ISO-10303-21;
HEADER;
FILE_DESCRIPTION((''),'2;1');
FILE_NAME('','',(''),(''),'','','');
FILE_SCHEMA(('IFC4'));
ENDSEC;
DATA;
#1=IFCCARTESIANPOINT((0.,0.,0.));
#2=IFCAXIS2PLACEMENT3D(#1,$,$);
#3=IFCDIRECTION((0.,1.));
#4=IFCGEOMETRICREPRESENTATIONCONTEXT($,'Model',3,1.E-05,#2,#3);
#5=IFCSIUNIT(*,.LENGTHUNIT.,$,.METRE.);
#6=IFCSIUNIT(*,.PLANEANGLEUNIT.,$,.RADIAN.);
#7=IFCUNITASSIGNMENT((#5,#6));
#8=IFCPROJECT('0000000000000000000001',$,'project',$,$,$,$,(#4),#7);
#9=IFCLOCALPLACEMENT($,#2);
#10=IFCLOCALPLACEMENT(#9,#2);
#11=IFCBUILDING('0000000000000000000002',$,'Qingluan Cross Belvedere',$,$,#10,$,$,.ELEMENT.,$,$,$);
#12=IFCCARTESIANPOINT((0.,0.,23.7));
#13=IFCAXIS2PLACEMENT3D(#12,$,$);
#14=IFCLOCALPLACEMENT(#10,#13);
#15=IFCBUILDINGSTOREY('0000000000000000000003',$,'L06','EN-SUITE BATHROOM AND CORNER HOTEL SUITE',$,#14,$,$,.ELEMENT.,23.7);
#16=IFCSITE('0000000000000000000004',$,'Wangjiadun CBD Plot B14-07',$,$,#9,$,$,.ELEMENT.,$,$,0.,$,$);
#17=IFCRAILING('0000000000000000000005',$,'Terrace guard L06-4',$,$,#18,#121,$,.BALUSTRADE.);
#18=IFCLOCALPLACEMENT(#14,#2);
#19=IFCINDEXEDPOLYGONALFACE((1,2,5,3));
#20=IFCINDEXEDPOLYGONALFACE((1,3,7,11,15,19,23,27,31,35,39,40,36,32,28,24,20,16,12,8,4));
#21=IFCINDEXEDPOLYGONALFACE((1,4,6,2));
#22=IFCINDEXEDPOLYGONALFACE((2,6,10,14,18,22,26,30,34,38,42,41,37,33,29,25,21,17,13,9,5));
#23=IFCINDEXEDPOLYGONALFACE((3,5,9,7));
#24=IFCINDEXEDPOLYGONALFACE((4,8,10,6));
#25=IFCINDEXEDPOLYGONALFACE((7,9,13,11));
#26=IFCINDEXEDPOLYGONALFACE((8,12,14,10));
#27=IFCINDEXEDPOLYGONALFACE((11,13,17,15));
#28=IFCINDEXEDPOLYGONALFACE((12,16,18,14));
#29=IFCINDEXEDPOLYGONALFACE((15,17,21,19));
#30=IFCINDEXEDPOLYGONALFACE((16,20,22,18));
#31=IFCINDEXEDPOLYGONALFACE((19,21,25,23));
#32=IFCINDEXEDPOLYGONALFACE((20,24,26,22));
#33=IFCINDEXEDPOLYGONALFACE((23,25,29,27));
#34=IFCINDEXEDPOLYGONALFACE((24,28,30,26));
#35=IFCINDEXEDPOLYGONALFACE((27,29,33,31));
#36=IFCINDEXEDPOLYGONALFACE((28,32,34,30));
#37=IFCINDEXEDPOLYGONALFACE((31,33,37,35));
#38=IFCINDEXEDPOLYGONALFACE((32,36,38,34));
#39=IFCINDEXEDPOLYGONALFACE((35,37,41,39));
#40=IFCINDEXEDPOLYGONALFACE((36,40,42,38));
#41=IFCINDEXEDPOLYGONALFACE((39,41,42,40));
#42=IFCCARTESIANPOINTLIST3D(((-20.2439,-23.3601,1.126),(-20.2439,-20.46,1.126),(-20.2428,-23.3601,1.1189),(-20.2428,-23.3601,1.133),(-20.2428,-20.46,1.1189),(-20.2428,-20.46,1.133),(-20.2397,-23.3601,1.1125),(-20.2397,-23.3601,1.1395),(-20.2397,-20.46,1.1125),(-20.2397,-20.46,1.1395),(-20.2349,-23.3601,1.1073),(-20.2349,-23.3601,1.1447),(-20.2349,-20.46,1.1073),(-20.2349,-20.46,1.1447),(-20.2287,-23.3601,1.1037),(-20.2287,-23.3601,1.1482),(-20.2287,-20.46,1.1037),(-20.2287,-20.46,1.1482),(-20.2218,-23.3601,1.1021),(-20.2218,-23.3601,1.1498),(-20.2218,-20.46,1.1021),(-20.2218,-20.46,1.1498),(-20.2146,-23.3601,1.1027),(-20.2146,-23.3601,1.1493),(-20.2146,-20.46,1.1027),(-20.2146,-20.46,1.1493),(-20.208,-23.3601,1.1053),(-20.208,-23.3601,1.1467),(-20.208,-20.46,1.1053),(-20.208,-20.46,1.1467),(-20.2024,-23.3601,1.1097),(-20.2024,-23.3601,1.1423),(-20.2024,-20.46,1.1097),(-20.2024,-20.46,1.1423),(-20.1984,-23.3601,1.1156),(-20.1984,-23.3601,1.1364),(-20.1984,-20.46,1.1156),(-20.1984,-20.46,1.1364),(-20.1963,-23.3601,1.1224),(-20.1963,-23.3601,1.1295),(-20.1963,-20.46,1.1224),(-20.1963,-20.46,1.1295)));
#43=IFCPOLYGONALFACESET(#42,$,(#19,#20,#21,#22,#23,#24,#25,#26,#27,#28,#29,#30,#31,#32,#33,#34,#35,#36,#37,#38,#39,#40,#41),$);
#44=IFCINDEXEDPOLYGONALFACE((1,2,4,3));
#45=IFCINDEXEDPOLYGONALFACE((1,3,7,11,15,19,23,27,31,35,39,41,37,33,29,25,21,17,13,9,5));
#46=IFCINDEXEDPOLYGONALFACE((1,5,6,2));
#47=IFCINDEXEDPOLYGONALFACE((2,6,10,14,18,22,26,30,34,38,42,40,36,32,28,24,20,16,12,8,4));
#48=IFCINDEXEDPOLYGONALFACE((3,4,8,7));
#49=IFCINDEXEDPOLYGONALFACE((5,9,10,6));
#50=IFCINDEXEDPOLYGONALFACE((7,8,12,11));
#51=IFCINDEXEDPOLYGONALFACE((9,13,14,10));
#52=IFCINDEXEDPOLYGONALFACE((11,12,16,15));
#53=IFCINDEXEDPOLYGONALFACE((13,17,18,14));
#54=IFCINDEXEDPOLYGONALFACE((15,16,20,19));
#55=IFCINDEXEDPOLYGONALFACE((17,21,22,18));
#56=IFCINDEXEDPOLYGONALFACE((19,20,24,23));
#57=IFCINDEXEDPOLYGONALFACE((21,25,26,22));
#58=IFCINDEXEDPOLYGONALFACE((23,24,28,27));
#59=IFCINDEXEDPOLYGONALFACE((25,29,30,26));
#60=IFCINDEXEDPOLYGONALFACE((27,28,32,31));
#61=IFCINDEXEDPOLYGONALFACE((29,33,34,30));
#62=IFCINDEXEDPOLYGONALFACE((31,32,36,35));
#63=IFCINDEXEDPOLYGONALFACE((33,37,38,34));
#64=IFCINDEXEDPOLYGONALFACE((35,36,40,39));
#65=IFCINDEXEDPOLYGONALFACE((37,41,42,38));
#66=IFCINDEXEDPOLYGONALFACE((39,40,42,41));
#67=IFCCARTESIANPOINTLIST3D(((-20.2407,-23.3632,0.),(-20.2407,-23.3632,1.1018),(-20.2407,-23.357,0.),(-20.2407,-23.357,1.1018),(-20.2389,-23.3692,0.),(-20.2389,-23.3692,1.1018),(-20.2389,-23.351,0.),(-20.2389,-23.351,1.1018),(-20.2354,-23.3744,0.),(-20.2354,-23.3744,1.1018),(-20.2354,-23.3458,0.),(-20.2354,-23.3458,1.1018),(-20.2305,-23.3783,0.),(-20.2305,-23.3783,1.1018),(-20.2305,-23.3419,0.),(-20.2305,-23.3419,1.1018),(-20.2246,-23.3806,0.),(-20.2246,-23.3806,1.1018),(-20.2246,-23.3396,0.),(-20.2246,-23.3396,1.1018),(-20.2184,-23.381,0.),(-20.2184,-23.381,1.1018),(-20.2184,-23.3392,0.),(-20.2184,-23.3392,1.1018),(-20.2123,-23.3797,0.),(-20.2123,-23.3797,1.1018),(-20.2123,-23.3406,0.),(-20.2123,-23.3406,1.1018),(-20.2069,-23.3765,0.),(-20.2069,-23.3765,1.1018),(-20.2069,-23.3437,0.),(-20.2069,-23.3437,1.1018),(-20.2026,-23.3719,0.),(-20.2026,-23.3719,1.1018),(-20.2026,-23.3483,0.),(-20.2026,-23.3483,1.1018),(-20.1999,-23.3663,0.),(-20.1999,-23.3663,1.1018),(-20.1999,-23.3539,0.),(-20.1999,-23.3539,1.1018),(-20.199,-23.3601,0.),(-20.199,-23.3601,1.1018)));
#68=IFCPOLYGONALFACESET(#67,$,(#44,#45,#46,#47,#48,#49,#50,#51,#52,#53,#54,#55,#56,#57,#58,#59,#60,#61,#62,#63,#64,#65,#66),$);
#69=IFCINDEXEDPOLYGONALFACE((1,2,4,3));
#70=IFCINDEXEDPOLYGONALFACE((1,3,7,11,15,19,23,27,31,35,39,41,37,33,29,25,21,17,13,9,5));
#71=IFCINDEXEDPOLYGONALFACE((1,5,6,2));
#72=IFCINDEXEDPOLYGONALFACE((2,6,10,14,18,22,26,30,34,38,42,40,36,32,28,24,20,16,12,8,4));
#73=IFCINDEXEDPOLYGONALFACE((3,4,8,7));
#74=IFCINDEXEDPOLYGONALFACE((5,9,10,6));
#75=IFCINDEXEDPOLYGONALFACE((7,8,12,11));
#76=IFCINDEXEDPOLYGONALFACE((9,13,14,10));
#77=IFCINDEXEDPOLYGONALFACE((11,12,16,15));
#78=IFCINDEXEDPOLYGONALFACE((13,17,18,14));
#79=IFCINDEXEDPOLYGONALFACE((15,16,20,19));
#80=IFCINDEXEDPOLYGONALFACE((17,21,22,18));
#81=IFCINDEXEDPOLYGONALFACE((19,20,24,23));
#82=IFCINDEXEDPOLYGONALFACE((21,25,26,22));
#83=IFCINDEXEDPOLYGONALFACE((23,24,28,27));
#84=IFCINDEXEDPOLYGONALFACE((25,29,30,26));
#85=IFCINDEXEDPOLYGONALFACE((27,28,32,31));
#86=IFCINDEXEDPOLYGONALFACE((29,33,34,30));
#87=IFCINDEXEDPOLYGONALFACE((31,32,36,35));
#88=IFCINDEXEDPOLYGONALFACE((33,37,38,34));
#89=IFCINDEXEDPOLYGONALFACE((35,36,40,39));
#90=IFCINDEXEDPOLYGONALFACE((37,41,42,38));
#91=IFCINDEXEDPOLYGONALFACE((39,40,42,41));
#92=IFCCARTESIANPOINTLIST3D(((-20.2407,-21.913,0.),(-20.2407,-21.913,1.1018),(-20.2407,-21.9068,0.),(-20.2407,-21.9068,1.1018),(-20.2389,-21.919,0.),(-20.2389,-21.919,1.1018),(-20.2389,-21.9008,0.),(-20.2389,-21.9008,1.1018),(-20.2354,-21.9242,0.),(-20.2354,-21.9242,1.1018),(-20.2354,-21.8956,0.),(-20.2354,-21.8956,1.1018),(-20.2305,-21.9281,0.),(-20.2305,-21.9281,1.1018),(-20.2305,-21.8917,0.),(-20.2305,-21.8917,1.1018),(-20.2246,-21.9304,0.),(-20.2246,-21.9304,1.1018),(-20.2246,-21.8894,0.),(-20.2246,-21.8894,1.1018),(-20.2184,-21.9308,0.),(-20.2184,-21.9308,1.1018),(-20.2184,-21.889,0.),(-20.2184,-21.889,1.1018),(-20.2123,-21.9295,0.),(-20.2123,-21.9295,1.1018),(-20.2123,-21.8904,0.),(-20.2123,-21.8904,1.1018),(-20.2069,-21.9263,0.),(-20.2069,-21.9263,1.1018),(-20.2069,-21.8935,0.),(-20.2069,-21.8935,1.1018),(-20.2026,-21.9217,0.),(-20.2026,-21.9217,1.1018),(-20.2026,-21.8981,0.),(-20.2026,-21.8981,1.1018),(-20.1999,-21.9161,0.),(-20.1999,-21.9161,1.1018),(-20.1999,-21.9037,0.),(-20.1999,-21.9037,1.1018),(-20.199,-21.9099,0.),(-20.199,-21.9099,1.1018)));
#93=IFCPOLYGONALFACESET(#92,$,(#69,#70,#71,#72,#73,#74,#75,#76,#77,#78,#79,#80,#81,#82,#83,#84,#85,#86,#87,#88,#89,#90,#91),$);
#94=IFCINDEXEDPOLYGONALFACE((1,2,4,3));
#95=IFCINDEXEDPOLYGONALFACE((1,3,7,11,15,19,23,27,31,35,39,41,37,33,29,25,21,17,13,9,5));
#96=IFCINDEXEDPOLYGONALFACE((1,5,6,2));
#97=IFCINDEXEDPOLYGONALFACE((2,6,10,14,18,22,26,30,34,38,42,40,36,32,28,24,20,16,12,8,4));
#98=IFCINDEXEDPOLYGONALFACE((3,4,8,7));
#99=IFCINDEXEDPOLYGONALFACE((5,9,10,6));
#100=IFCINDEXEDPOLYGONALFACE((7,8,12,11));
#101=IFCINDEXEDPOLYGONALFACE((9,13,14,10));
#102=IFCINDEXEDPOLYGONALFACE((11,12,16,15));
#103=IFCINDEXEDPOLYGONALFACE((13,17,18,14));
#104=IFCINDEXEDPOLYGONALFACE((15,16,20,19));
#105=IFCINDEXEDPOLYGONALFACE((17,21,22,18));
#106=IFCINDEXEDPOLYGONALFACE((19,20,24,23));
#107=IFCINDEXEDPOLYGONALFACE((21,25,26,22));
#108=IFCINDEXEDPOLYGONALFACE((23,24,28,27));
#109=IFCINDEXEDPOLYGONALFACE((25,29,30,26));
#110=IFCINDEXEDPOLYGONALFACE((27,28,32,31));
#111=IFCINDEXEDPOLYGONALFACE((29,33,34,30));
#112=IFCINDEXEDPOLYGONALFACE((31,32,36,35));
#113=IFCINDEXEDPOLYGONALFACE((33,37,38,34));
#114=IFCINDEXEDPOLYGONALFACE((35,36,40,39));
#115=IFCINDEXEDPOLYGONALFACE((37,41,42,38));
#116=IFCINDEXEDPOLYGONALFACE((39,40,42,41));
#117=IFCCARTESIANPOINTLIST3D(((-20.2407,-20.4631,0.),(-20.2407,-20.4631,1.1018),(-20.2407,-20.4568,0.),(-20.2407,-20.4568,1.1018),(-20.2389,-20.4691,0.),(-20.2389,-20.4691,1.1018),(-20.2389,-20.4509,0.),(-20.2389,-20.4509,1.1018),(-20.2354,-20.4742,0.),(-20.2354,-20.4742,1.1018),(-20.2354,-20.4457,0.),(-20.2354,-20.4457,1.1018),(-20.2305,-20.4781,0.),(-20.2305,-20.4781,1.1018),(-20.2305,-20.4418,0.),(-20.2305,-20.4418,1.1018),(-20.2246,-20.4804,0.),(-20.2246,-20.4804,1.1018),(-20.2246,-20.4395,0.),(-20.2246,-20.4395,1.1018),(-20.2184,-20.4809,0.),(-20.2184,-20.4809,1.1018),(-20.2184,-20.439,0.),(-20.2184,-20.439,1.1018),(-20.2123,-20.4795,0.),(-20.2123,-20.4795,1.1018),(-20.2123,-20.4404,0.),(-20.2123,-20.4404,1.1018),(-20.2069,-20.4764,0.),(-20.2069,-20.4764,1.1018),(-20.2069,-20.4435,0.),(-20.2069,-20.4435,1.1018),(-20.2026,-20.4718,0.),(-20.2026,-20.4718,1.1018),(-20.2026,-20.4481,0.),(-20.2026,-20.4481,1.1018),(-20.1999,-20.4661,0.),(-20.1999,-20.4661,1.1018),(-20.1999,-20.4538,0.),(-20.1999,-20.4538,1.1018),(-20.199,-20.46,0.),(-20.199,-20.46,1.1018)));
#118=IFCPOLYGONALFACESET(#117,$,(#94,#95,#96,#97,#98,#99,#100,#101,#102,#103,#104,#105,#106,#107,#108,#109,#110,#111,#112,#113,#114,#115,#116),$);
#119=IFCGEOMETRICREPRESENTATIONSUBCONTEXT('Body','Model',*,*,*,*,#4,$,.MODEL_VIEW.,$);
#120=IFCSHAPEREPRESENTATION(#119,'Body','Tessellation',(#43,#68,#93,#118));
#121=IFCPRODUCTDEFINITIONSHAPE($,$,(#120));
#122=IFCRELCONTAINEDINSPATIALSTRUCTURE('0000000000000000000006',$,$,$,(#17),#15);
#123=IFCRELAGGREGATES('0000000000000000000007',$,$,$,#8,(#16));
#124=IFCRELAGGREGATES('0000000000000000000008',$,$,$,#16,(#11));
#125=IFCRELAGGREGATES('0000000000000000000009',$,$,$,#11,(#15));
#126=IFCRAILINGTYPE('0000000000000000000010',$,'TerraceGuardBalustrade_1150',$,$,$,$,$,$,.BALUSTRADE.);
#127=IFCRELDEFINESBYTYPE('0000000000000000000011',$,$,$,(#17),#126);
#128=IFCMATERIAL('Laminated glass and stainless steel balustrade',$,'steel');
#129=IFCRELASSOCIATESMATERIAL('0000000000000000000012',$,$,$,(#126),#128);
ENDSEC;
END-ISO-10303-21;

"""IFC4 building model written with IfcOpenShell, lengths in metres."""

from ifc_helpers import new_model, si_unit, direction, frame, origin, origin_2d, place, context, subcontext, project, spatial, circle, extrude, material, type_object, element, save


model = new_model("IFC4")

# Units and contexts
model_context = context("Model", 3, precision=1e-05, world=origin(), true_north=direction((0.0, 1.0)))
body_context = subcontext(model_context, "Body", "Model", "MODEL_VIEW")
ifc_project = project(units=[si_unit("LENGTHUNIT", "METRE"), si_unit("PLANEANGLEUNIT", "RADIAN")], contexts=[model_context])

# Site, building, storey
site_placement = place(None, origin())
site = spatial("IfcSite", under=ifc_project, at=site_placement, Name="Wangjiadun CBD Plot B14-07", CompositionType="ELEMENT", RefElevation=0.0)
building_placement = place(site_placement, origin())
building = spatial("IfcBuilding", under=site, at=building_placement, Name="Qingluan Cross Belvedere", CompositionType="ELEMENT")
storey_placement = place(building_placement, frame((0.0, 0.0, 23.7)))
storey = spatial("IfcBuildingStorey", under=building, at=storey_placement, Name="L06", Description="EN-SUITE BATHROOM AND CORNER HOTEL SUITE", CompositionType="ELEMENT", Elevation=23.7)

# Railing
ifc_material_1 = material(Name="Laminated glass and stainless steel balustrade", Category="steel")
railing_type = type_object("IfcRailingType", Name="TerraceGuardBalustrade_1150", PredefinedType="BALUSTRADE", material=ifc_material_1)
railing_1_placement = place(storey_placement, frame((-20.22, -23.3601, 0.0)))
element("IfcRailing", 1, at=railing_1_placement, inside=storey, type_object=railing_type, Name="Terrace guard L06-4", PredefinedType="BALUSTRADE", context=body_context, shape_type="SweptSolid", body=[
    extrude(circle(Radius=0.0239, at=origin_2d()), frame((0.0, 0.0, 1.126), z_axis=(0.0, 1.0, 0.0), x_axis=(-1.0, 0.0, 0.0)), (0.0, 0.0, 1.0), 2.9001),
    extrude(circle(Radius=0.021, at=origin_2d()), origin(), (0.0, 0.0, 1.0), 1.1018),
    extrude(circle(Radius=0.021, at=origin_2d()), frame((0.0, 1.4502, 0.0)), (0.0, 0.0, 1.0), 1.1018),
    extrude(circle(Radius=0.021, at=origin_2d()), frame((0.0, 2.9001, 0.0)), (0.0, 0.0, 1.0), 1.1018),
])

save(model, "model.ifc")
